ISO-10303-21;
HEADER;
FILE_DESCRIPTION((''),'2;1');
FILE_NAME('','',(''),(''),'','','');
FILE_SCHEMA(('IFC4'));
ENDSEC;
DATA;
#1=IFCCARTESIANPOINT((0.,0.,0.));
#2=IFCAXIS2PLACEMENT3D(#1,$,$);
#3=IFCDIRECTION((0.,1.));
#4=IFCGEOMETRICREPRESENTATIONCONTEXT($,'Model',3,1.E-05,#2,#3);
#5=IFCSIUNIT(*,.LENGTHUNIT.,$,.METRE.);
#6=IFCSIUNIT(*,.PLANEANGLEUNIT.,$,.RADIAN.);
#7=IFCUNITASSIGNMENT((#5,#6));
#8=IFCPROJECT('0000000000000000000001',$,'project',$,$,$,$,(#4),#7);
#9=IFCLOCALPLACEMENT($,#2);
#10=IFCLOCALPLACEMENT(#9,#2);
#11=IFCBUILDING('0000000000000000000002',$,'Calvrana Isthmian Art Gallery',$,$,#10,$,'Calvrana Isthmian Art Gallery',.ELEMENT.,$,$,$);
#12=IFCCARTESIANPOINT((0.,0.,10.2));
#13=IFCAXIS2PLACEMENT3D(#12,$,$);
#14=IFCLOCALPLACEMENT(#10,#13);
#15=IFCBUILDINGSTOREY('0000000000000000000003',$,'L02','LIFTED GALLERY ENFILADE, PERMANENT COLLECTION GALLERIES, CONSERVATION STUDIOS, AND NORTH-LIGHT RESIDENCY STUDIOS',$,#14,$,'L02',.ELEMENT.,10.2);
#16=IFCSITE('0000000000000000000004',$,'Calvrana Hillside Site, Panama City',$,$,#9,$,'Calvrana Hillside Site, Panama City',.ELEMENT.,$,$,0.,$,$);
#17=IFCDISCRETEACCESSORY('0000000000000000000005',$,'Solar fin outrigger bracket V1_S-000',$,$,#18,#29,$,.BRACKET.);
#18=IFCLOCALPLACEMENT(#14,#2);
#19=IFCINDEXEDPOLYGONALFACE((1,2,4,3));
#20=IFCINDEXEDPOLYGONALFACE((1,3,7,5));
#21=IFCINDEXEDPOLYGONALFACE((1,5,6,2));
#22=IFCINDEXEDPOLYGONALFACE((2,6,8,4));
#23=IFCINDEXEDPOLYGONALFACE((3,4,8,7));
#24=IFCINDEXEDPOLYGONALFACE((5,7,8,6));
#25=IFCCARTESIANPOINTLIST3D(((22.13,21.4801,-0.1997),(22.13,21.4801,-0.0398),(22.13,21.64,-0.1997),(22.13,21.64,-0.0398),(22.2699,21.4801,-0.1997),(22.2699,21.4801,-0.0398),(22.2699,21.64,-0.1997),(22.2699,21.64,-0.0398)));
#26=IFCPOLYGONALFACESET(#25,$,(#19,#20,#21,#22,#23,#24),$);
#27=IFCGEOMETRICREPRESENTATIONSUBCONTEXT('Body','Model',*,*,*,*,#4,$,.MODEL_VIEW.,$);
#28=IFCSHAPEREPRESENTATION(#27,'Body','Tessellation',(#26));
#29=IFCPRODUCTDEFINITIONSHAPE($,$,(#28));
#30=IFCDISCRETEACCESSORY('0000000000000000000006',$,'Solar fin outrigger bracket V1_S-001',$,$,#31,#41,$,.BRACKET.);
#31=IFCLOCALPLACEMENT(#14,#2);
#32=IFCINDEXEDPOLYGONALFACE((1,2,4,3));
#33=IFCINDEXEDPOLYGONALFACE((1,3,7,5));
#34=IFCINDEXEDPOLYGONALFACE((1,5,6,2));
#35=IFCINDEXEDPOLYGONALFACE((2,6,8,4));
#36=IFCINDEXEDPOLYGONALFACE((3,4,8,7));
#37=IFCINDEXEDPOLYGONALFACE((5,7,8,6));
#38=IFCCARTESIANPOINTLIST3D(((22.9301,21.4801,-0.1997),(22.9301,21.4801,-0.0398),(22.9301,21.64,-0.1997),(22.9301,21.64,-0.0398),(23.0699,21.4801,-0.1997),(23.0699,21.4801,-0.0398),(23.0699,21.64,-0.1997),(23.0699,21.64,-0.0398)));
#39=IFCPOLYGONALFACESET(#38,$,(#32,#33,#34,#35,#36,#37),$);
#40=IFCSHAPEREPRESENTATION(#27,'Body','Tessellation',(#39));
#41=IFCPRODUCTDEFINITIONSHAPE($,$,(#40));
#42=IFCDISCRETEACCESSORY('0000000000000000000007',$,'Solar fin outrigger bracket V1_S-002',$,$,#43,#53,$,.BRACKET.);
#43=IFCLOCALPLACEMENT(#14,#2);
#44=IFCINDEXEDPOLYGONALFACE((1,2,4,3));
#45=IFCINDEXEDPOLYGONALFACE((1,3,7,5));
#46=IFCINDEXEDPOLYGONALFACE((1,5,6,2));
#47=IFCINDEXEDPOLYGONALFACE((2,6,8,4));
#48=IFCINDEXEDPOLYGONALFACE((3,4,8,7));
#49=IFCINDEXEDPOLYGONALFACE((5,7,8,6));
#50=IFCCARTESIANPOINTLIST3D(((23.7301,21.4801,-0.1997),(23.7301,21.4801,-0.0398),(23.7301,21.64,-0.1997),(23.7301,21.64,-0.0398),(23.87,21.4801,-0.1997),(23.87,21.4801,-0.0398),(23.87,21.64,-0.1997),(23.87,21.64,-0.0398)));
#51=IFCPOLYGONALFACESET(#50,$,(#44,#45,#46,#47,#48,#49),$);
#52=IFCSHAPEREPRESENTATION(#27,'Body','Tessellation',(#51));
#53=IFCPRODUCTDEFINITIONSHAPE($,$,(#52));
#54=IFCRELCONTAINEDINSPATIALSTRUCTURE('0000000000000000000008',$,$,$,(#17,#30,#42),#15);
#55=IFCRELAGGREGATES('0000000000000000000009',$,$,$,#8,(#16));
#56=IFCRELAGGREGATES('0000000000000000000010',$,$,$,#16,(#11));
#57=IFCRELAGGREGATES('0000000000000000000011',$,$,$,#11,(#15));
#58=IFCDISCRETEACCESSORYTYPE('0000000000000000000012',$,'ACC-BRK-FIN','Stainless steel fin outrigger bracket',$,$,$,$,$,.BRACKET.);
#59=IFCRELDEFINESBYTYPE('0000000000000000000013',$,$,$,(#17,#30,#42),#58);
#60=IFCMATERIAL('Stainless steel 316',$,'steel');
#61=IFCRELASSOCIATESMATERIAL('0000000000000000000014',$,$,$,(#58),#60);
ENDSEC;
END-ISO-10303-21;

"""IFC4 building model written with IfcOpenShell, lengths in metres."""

from ifc_helpers import new_model, si_unit, direction, frame, origin, origin_2d, place, context, subcontext, project, spatial, rectangle, extrude, material, type_object, element, save


model = new_model("IFC4")

# Units and contexts
model_context = context("Model", 3, precision=1e-05, world=origin(), true_north=direction((0.0, 1.0)))
body_context = subcontext(model_context, "Body", "Model", "MODEL_VIEW")
ifc_project = project(units=[si_unit("LENGTHUNIT", "METRE"), si_unit("PLANEANGLEUNIT", "RADIAN")], contexts=[model_context])

# Site, building, storey
site_placement = place(None, origin())
site = spatial("IfcSite", under=ifc_project, at=site_placement, Name="Calvrana Hillside Site, Panama City", LongName="Calvrana Hillside Site, Panama City", CompositionType="ELEMENT", RefElevation=0.0)
building_placement = place(site_placement, origin())
building = spatial("IfcBuilding", under=site, at=building_placement, Name="Calvrana Isthmian Art Gallery", LongName="Calvrana Isthmian Art Gallery", CompositionType="ELEMENT")
storey_placement = place(building_placement, frame((0.0, 0.0, 10.2)))
storey = spatial("IfcBuildingStorey", under=building, at=storey_placement, Name="L02", Description="LIFTED GALLERY ENFILADE, PERMANENT COLLECTION GALLERIES, CONSERVATION STUDIOS, AND NORTH-LIGHT RESIDENCY STUDIOS", LongName="L02", CompositionType="ELEMENT", Elevation=10.2)

# Discrete accessories
ifc_material_1 = material(Name="Stainless steel 316", Category="steel")
discrete_accessory_type = type_object("IfcDiscreteAccessoryType", Name="ACC-BRK-FIN", Description="Stainless steel fin outrigger bracket", PredefinedType="BRACKET", material=ifc_material_1)
for number, where, z_axis, x_axis, name in (
    (1, (22.2, 21.5601, -0.1997), (0.0, 0.0, 1.0), (1.0, 0.0, 0.0), "Solar fin outrigger bracket V1_S-000"),
    (2, (23.0, 21.5601, -0.1997), (0.0, 0.0, 1.0), (1.0, 0.0, 0.0), "Solar fin outrigger bracket V1_S-001"),
    (3, (23.8, 21.5601, -0.1997), (0.0, 0.0, 1.0), (1.0, 0.0, 0.0), "Solar fin outrigger bracket V1_S-002"),
):
    element("IfcDiscreteAccessory", number, at=place(storey_placement, frame(where, z_axis=z_axis, x_axis=x_axis)), inside=storey, type_object=discrete_accessory_type, Name=name, PredefinedType="BRACKET", context=body_context, shape_type="SweptSolid", body=[
        extrude(rectangle(XDim=0.1399, YDim=0.1599, at=origin_2d()), origin(), (0.0, 0.0, 1.0), 0.1599),
    ])

save(model, "model.ifc")
